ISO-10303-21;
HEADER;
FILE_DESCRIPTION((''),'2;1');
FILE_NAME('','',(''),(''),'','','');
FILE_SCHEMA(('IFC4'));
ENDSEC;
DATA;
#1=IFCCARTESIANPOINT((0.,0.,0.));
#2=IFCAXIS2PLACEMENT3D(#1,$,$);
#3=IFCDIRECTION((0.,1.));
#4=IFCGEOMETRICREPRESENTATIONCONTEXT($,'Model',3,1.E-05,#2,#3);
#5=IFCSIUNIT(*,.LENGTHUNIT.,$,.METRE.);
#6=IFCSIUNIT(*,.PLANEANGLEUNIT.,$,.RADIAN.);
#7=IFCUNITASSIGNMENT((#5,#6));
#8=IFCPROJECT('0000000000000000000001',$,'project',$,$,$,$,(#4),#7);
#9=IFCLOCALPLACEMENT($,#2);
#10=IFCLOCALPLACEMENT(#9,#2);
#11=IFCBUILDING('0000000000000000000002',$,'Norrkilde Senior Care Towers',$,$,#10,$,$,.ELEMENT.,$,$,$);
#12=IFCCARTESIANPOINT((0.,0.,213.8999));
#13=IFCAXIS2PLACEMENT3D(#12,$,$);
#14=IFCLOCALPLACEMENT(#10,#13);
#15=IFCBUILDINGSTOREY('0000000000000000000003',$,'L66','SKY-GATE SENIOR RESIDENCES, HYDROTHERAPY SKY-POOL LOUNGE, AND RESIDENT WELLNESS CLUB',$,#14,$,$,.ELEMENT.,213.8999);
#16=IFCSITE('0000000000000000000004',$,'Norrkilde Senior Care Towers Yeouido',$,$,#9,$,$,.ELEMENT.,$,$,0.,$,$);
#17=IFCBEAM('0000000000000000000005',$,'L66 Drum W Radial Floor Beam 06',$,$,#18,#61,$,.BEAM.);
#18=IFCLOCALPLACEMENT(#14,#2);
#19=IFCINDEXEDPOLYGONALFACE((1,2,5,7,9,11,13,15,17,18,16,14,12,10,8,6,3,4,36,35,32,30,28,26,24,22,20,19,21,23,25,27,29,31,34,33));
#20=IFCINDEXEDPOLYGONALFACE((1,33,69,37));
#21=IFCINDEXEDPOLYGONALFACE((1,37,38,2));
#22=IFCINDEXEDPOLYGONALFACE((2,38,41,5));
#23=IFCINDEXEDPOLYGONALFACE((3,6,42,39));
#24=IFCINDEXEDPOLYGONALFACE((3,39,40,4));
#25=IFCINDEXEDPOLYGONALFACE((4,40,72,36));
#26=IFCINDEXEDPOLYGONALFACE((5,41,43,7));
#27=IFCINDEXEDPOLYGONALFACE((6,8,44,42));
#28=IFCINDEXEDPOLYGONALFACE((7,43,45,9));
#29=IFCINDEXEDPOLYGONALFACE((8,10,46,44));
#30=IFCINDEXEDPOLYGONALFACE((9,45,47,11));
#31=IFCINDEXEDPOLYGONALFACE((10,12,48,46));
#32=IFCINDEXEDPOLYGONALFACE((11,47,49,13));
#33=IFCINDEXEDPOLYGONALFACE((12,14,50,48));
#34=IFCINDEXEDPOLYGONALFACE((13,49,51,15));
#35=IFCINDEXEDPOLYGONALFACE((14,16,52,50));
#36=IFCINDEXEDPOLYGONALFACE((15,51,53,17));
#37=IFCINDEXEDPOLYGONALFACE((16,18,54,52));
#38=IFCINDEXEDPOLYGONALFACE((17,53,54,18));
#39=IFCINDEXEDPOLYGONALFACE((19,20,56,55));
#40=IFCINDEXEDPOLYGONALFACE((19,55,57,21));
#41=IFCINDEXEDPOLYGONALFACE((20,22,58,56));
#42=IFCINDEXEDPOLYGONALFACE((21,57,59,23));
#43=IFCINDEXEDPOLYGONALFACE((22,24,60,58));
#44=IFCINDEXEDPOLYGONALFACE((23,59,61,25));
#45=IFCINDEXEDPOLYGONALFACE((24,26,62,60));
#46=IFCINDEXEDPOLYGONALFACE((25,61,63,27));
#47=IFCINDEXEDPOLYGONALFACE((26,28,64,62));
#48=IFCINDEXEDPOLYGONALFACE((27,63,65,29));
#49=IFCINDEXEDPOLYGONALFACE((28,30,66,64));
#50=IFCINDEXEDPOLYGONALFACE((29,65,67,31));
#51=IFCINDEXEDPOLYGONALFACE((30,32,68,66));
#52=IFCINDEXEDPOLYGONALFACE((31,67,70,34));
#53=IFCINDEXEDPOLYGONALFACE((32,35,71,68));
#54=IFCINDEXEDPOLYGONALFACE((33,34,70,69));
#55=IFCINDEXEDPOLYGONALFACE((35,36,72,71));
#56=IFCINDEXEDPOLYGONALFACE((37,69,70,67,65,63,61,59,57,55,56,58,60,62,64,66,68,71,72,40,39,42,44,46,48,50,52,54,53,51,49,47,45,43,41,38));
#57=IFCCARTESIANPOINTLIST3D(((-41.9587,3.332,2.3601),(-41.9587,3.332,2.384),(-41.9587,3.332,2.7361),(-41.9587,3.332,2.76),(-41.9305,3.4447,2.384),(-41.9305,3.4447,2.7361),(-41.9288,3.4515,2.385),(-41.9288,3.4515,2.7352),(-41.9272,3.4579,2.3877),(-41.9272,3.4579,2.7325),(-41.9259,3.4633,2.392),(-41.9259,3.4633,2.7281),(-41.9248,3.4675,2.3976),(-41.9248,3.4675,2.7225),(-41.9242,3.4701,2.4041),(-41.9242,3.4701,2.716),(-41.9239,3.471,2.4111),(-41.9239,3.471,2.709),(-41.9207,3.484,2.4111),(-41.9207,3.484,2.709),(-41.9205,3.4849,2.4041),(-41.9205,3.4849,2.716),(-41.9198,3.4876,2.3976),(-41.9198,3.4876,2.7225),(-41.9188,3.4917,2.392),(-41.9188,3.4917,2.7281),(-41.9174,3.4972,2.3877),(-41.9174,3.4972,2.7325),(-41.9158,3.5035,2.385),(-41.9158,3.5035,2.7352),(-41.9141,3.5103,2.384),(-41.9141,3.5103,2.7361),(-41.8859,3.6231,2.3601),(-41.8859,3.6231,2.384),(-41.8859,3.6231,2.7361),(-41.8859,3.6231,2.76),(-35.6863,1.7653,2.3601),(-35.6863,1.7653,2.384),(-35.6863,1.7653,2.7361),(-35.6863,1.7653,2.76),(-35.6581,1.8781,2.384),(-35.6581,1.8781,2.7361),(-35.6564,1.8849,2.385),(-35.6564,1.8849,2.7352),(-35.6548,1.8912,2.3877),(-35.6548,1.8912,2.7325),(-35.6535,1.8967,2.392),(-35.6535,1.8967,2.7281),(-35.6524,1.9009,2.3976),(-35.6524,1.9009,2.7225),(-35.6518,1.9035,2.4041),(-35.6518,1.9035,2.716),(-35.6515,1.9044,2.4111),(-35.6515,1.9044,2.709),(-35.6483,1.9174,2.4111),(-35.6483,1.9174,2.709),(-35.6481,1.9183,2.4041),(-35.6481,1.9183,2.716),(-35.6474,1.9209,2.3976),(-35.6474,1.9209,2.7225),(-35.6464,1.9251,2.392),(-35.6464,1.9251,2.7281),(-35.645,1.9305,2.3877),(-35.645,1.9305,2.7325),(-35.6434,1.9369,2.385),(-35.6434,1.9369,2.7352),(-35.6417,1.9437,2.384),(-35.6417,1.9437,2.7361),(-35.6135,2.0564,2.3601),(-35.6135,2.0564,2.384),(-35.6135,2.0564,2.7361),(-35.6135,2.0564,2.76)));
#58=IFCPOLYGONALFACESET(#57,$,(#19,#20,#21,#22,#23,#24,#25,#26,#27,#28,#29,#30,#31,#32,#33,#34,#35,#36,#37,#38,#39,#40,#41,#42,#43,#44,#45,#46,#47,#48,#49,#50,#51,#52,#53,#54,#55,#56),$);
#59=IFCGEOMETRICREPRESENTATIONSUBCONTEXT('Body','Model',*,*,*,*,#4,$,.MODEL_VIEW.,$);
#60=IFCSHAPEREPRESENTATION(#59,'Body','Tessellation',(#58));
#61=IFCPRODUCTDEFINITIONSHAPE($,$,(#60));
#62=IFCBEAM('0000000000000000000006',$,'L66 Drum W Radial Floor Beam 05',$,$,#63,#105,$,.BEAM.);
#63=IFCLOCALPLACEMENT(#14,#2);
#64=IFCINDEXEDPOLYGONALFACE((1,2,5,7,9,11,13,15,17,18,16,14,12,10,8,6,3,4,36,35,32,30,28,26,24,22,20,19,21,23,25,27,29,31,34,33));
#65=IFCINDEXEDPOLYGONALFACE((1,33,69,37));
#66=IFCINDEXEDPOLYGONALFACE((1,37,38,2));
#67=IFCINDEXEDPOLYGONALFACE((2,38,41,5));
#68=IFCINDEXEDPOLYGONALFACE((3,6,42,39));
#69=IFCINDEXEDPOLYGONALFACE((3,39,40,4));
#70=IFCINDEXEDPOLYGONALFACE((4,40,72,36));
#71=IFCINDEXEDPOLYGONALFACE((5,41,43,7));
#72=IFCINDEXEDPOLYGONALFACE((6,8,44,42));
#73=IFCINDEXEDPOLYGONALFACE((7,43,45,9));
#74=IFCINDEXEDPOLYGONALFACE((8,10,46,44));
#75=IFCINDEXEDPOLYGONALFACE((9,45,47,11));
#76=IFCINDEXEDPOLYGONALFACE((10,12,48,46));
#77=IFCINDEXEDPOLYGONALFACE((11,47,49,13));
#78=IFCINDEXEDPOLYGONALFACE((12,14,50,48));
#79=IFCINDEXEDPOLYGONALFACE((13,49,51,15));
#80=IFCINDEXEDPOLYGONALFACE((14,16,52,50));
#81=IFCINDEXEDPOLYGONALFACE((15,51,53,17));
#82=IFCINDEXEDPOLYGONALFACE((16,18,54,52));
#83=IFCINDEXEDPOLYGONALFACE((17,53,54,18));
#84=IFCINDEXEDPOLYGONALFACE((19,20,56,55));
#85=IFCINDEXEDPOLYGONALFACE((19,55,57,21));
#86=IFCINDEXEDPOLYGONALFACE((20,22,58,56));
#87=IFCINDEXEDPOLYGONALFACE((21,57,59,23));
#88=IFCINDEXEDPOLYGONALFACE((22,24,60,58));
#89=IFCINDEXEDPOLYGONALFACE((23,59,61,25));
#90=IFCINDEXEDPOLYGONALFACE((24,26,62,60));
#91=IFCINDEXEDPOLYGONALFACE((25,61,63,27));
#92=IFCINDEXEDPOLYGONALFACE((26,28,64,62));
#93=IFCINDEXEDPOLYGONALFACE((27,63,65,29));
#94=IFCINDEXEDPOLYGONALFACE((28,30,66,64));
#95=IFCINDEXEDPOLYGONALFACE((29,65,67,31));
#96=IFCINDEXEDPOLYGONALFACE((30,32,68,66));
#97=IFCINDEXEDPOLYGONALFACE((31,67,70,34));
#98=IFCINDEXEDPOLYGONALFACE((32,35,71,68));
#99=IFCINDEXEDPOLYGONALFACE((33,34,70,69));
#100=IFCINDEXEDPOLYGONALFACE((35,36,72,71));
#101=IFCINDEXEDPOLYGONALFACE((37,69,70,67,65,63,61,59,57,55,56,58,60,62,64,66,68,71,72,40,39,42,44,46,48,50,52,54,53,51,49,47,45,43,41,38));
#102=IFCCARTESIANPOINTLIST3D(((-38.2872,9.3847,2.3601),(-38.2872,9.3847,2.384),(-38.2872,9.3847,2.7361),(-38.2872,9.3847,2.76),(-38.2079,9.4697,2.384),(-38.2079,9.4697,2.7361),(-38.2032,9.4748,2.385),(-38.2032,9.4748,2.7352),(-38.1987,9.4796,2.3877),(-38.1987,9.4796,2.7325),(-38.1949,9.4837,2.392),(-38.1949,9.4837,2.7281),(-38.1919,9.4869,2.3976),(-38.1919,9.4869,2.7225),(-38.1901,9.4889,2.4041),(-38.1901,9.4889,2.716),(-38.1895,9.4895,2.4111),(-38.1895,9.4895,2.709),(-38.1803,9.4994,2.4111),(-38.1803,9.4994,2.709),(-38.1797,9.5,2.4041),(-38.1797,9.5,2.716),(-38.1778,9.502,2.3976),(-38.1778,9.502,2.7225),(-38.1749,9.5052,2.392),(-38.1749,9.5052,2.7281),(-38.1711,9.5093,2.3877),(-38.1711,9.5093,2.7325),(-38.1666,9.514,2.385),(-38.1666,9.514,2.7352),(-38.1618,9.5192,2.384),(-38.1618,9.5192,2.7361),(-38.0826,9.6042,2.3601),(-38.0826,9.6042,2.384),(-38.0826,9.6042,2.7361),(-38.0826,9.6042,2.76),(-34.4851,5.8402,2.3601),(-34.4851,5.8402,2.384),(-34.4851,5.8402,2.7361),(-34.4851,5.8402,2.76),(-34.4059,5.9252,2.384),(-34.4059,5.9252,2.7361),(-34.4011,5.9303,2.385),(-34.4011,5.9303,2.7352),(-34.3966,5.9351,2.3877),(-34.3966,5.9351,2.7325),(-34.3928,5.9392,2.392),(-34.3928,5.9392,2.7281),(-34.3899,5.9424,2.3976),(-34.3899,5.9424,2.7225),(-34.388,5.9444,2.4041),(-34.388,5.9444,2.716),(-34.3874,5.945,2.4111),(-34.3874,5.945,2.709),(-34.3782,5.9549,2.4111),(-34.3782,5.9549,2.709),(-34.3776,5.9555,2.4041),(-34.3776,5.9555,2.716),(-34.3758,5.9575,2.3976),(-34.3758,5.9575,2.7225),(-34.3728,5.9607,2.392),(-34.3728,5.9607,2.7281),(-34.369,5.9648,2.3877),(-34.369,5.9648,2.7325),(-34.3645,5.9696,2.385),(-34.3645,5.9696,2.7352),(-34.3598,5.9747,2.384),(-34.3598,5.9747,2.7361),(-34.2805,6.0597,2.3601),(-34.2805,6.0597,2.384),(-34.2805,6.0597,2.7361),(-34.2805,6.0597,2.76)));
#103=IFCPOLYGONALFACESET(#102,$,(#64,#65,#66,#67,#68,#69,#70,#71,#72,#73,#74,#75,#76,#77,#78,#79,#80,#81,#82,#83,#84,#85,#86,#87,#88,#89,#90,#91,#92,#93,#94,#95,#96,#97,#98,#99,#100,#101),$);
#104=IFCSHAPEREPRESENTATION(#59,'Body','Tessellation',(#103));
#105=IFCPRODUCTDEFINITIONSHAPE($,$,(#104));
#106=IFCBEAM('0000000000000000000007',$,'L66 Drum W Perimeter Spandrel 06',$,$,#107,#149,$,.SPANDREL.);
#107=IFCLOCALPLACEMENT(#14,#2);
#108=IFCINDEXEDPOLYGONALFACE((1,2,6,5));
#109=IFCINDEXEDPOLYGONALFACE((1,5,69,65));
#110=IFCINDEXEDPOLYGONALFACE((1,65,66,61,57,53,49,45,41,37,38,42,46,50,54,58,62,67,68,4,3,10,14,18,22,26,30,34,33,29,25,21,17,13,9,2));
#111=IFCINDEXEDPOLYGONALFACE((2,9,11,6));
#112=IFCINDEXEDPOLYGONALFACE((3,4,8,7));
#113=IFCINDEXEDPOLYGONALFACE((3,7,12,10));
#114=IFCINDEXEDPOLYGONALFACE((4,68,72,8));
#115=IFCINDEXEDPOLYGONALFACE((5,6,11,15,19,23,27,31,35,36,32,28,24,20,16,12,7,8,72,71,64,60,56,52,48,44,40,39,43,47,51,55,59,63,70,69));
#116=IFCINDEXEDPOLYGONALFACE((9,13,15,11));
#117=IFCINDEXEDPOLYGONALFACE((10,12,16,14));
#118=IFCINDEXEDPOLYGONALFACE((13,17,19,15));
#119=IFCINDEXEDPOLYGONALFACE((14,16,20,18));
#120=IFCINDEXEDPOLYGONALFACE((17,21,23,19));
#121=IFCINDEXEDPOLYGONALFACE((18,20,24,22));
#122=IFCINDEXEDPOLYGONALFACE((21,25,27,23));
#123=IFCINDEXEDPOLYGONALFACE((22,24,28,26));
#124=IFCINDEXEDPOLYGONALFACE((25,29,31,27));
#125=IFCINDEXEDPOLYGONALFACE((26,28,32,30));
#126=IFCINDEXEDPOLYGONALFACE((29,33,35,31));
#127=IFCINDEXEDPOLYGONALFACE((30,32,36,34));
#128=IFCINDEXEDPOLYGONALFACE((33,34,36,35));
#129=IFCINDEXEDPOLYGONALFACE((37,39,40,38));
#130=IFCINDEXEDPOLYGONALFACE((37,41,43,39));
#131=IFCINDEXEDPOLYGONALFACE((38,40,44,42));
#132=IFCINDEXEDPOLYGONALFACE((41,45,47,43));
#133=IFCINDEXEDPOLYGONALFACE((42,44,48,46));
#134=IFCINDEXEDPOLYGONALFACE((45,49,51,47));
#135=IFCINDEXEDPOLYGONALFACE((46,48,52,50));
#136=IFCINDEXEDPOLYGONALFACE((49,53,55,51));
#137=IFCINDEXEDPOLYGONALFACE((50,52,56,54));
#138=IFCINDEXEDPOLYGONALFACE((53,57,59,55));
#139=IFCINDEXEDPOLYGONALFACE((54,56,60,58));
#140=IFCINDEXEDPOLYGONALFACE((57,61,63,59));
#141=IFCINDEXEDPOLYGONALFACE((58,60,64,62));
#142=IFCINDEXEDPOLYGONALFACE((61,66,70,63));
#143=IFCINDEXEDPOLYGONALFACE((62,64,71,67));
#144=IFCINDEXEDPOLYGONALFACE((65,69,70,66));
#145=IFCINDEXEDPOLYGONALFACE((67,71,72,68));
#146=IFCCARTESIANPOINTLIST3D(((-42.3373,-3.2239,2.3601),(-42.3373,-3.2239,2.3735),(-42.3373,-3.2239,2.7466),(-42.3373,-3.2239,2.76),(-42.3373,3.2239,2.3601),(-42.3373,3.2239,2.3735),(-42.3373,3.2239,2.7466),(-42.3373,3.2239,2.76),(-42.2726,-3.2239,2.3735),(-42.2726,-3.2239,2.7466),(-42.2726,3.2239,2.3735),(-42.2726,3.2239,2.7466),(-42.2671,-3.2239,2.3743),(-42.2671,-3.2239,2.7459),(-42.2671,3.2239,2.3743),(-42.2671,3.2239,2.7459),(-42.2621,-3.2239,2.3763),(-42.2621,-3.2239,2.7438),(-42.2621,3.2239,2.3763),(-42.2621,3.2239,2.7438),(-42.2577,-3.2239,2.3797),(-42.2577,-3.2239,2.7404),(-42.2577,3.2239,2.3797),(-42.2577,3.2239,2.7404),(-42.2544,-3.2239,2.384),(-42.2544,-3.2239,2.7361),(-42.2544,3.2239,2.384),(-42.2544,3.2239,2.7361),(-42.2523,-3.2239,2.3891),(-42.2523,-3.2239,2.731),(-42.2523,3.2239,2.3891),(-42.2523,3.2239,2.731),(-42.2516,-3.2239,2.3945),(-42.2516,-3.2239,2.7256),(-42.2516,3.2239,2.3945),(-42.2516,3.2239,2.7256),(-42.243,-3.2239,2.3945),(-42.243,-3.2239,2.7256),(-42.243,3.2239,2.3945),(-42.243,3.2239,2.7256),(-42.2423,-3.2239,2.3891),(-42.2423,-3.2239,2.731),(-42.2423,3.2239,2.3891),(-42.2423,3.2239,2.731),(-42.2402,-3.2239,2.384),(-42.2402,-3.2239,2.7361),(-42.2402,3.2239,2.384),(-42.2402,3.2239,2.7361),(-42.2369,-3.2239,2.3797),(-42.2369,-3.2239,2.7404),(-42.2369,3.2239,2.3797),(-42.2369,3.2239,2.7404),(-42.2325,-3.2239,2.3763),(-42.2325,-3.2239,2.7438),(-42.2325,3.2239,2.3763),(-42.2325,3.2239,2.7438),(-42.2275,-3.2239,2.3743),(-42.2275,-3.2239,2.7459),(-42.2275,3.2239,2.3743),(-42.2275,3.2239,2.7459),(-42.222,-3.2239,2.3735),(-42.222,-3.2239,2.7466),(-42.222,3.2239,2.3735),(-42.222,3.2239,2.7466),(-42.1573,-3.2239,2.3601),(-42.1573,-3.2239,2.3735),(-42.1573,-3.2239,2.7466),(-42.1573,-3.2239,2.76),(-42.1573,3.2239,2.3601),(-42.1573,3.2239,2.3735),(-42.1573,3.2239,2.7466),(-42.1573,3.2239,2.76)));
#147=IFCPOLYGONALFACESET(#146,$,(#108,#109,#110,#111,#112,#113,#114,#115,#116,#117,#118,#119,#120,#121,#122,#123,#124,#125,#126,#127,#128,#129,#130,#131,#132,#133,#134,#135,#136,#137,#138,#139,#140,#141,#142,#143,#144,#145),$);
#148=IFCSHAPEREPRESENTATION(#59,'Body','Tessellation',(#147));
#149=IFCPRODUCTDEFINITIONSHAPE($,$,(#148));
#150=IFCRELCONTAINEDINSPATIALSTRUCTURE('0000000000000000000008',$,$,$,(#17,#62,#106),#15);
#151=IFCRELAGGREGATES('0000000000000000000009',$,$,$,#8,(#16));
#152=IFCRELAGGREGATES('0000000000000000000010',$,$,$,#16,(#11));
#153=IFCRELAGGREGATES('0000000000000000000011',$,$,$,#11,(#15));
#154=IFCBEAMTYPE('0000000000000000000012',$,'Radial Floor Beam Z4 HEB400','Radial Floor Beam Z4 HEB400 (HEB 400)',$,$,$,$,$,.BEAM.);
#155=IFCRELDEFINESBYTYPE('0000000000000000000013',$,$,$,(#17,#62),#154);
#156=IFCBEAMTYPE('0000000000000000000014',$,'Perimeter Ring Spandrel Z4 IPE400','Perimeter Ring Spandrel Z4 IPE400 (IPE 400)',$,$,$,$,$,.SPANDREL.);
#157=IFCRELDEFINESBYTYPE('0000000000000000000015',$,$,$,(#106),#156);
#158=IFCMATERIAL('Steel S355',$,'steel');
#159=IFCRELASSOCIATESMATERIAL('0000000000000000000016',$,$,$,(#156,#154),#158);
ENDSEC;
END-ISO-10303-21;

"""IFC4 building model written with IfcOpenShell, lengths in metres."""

from ifc_helpers import new_model, si_unit, direction, frame, origin, origin_2d, place, context, subcontext, project, spatial, i_section, extrude, source, transform, mapped, material, material_profile, profile_set, type_object, type_shapes, element, save


model = new_model("IFC4")

# Units and contexts
model_context = context("Model", 3, precision=1e-05, world=origin(), true_north=direction((0.0, 1.0)))
body_context = subcontext(model_context, "Body", "Model", "MODEL_VIEW")
ifc_project = project(units=[si_unit("LENGTHUNIT", "METRE"), si_unit("PLANEANGLEUNIT", "RADIAN")], contexts=[model_context])

# Site, building, storey
site_placement = place(None, origin())
site = spatial("IfcSite", under=ifc_project, at=site_placement, Name="Norrkilde Senior Care Towers Yeouido", CompositionType="ELEMENT", RefElevation=0.0)
building_placement = place(site_placement, origin())
building = spatial("IfcBuilding", under=site, at=building_placement, Name="Norrkilde Senior Care Towers", CompositionType="ELEMENT")
storey_placement = place(building_placement, frame((0.0, 0.0, 213.8999)))
storey = spatial("IfcBuildingStorey", under=building, at=storey_placement, Name="L66", Description="SKY-GATE SENIOR RESIDENCES, HYDROTHERAPY SKY-POOL LOUNGE, AND RESIDENT WELLNESS CLUB", CompositionType="ELEMENT", Elevation=213.8999)

# Beams
ifc_material_1 = material(Name="Steel S355", Category="steel")
ifc_material_profile_1 = material_profile(ifc_material_1, i_section(OverallWidth=0.1799, OverallDepth=0.3999, WebThickness=0.0085, FlangeThickness=0.0134, FilletRadius=0.021, at=origin_2d()), Name="IPE 400")
ifc_profile_set_1 = profile_set([ifc_material_profile_1], Name="Steel S355")
beam_type_1 = type_object("IfcBeamType", Name="Perimeter Ring Spandrel Z4 IPE400", Description="Perimeter Ring Spandrel Z4 IPE400 (IPE 400)", PredefinedType="SPANDREL", material=ifc_profile_set_1)
ifc_material_profile_2 = material_profile(ifc_material_1, i_section(OverallWidth=0.3, OverallDepth=0.3999, WebThickness=0.0134, FlangeThickness=0.0239, FilletRadius=0.0271, at=origin_2d()), Name="HEB 400")
ifc_profile_set_2 = profile_set([ifc_material_profile_2], Name="Steel S355")
beam_type_2 = type_object("IfcBeamType", Name="Radial Floor Beam Z4 HEB400", Description="Radial Floor Beam Z4 HEB400 (HEB 400)", PredefinedType="BEAM", material=ifc_profile_set_2)
shared_shape_1 = source(origin(), body_context, "Body", "SweptSolid", [
    extrude(i_section(OverallWidth=0.3, OverallDepth=0.3999, WebThickness=0.0134, FlangeThickness=0.0239, FilletRadius=0.0271, at=origin_2d()), origin(), (0.0, 0.0, 1.0), 6.4651),
])
beam_1_placement = place(storey_placement, frame((-35.6499, 1.9109, 2.5601), z_axis=(-0.970196, 0.242322, 0.0), x_axis=(-0.242322, -0.970196, 0.0)))
element("IfcBeam", 1, at=beam_1_placement, inside=storey, type_object=beam_type_2, Name="L66 Drum W Radial Floor Beam 06", PredefinedType="BEAM", context=body_context, shape_type="MappedRepresentation", body=[
    mapped(shared_shape_1, transform((0.0, 0.0, 0.0), x_axis=(1.0, 0.0, 0.0), y_axis=(0.0, 1.0, 0.0), z_axis=(0.0, 0.0, 1.0), scale=1.0)),
])
shared_shape_2 = source(origin(), body_context, "Body", "SweptSolid", [
    extrude(i_section(OverallWidth=0.3, OverallDepth=0.3999, WebThickness=0.0134, FlangeThickness=0.0239, FilletRadius=0.0271, at=origin_2d()), origin(), (0.0, 0.0, 1.0), 5.198),
])
type_shapes(beam_type_2, [shared_shape_1, shared_shape_2])
beam_2_placement = place(storey_placement, frame((-34.3828, 5.95, 2.5601), z_axis=(-0.731449, 0.681896, 0.0), x_axis=(-0.681896, -0.731449, 0.0)))
element("IfcBeam", 2, at=beam_2_placement, inside=storey, type_object=beam_type_2, Name="L66 Drum W Radial Floor Beam 05", PredefinedType="BEAM", context=body_context, shape_type="MappedRepresentation", body=[
    mapped(shared_shape_2, transform((0.0, 0.0, 0.0), x_axis=(1.0, 0.0, 0.0), y_axis=(0.0, 1.0, 0.0), z_axis=(0.0, 0.0, 1.0), scale=1.0)),
])
shared_shape_3 = source(origin(), body_context, "Body", "SweptSolid", [
    extrude(i_section(OverallWidth=0.1799, OverallDepth=0.3999, WebThickness=0.0085, FlangeThickness=0.0134, FilletRadius=0.021, at=origin_2d()), origin(), (0.0, 0.0, 1.0), 6.4478),
])
beam_3_placement = place(storey_placement, frame((-42.2473, 3.2239, 2.5601), z_axis=(0.0, -1.0, 0.0), x_axis=(1.0, 0.0, 0.0)))
element("IfcBeam", 3, at=beam_3_placement, inside=storey, type_object=beam_type_1, Name="L66 Drum W Perimeter Spandrel 06", PredefinedType="SPANDREL", context=body_context, shape_type="MappedRepresentation", body=[
    mapped(shared_shape_3, transform((0.0, 0.0, 0.0), x_axis=(1.0, 0.0, 0.0), y_axis=(0.0, 1.0, 0.0), z_axis=(0.0, 0.0, 1.0), scale=1.0)),
])

save(model, "model.ifc")
